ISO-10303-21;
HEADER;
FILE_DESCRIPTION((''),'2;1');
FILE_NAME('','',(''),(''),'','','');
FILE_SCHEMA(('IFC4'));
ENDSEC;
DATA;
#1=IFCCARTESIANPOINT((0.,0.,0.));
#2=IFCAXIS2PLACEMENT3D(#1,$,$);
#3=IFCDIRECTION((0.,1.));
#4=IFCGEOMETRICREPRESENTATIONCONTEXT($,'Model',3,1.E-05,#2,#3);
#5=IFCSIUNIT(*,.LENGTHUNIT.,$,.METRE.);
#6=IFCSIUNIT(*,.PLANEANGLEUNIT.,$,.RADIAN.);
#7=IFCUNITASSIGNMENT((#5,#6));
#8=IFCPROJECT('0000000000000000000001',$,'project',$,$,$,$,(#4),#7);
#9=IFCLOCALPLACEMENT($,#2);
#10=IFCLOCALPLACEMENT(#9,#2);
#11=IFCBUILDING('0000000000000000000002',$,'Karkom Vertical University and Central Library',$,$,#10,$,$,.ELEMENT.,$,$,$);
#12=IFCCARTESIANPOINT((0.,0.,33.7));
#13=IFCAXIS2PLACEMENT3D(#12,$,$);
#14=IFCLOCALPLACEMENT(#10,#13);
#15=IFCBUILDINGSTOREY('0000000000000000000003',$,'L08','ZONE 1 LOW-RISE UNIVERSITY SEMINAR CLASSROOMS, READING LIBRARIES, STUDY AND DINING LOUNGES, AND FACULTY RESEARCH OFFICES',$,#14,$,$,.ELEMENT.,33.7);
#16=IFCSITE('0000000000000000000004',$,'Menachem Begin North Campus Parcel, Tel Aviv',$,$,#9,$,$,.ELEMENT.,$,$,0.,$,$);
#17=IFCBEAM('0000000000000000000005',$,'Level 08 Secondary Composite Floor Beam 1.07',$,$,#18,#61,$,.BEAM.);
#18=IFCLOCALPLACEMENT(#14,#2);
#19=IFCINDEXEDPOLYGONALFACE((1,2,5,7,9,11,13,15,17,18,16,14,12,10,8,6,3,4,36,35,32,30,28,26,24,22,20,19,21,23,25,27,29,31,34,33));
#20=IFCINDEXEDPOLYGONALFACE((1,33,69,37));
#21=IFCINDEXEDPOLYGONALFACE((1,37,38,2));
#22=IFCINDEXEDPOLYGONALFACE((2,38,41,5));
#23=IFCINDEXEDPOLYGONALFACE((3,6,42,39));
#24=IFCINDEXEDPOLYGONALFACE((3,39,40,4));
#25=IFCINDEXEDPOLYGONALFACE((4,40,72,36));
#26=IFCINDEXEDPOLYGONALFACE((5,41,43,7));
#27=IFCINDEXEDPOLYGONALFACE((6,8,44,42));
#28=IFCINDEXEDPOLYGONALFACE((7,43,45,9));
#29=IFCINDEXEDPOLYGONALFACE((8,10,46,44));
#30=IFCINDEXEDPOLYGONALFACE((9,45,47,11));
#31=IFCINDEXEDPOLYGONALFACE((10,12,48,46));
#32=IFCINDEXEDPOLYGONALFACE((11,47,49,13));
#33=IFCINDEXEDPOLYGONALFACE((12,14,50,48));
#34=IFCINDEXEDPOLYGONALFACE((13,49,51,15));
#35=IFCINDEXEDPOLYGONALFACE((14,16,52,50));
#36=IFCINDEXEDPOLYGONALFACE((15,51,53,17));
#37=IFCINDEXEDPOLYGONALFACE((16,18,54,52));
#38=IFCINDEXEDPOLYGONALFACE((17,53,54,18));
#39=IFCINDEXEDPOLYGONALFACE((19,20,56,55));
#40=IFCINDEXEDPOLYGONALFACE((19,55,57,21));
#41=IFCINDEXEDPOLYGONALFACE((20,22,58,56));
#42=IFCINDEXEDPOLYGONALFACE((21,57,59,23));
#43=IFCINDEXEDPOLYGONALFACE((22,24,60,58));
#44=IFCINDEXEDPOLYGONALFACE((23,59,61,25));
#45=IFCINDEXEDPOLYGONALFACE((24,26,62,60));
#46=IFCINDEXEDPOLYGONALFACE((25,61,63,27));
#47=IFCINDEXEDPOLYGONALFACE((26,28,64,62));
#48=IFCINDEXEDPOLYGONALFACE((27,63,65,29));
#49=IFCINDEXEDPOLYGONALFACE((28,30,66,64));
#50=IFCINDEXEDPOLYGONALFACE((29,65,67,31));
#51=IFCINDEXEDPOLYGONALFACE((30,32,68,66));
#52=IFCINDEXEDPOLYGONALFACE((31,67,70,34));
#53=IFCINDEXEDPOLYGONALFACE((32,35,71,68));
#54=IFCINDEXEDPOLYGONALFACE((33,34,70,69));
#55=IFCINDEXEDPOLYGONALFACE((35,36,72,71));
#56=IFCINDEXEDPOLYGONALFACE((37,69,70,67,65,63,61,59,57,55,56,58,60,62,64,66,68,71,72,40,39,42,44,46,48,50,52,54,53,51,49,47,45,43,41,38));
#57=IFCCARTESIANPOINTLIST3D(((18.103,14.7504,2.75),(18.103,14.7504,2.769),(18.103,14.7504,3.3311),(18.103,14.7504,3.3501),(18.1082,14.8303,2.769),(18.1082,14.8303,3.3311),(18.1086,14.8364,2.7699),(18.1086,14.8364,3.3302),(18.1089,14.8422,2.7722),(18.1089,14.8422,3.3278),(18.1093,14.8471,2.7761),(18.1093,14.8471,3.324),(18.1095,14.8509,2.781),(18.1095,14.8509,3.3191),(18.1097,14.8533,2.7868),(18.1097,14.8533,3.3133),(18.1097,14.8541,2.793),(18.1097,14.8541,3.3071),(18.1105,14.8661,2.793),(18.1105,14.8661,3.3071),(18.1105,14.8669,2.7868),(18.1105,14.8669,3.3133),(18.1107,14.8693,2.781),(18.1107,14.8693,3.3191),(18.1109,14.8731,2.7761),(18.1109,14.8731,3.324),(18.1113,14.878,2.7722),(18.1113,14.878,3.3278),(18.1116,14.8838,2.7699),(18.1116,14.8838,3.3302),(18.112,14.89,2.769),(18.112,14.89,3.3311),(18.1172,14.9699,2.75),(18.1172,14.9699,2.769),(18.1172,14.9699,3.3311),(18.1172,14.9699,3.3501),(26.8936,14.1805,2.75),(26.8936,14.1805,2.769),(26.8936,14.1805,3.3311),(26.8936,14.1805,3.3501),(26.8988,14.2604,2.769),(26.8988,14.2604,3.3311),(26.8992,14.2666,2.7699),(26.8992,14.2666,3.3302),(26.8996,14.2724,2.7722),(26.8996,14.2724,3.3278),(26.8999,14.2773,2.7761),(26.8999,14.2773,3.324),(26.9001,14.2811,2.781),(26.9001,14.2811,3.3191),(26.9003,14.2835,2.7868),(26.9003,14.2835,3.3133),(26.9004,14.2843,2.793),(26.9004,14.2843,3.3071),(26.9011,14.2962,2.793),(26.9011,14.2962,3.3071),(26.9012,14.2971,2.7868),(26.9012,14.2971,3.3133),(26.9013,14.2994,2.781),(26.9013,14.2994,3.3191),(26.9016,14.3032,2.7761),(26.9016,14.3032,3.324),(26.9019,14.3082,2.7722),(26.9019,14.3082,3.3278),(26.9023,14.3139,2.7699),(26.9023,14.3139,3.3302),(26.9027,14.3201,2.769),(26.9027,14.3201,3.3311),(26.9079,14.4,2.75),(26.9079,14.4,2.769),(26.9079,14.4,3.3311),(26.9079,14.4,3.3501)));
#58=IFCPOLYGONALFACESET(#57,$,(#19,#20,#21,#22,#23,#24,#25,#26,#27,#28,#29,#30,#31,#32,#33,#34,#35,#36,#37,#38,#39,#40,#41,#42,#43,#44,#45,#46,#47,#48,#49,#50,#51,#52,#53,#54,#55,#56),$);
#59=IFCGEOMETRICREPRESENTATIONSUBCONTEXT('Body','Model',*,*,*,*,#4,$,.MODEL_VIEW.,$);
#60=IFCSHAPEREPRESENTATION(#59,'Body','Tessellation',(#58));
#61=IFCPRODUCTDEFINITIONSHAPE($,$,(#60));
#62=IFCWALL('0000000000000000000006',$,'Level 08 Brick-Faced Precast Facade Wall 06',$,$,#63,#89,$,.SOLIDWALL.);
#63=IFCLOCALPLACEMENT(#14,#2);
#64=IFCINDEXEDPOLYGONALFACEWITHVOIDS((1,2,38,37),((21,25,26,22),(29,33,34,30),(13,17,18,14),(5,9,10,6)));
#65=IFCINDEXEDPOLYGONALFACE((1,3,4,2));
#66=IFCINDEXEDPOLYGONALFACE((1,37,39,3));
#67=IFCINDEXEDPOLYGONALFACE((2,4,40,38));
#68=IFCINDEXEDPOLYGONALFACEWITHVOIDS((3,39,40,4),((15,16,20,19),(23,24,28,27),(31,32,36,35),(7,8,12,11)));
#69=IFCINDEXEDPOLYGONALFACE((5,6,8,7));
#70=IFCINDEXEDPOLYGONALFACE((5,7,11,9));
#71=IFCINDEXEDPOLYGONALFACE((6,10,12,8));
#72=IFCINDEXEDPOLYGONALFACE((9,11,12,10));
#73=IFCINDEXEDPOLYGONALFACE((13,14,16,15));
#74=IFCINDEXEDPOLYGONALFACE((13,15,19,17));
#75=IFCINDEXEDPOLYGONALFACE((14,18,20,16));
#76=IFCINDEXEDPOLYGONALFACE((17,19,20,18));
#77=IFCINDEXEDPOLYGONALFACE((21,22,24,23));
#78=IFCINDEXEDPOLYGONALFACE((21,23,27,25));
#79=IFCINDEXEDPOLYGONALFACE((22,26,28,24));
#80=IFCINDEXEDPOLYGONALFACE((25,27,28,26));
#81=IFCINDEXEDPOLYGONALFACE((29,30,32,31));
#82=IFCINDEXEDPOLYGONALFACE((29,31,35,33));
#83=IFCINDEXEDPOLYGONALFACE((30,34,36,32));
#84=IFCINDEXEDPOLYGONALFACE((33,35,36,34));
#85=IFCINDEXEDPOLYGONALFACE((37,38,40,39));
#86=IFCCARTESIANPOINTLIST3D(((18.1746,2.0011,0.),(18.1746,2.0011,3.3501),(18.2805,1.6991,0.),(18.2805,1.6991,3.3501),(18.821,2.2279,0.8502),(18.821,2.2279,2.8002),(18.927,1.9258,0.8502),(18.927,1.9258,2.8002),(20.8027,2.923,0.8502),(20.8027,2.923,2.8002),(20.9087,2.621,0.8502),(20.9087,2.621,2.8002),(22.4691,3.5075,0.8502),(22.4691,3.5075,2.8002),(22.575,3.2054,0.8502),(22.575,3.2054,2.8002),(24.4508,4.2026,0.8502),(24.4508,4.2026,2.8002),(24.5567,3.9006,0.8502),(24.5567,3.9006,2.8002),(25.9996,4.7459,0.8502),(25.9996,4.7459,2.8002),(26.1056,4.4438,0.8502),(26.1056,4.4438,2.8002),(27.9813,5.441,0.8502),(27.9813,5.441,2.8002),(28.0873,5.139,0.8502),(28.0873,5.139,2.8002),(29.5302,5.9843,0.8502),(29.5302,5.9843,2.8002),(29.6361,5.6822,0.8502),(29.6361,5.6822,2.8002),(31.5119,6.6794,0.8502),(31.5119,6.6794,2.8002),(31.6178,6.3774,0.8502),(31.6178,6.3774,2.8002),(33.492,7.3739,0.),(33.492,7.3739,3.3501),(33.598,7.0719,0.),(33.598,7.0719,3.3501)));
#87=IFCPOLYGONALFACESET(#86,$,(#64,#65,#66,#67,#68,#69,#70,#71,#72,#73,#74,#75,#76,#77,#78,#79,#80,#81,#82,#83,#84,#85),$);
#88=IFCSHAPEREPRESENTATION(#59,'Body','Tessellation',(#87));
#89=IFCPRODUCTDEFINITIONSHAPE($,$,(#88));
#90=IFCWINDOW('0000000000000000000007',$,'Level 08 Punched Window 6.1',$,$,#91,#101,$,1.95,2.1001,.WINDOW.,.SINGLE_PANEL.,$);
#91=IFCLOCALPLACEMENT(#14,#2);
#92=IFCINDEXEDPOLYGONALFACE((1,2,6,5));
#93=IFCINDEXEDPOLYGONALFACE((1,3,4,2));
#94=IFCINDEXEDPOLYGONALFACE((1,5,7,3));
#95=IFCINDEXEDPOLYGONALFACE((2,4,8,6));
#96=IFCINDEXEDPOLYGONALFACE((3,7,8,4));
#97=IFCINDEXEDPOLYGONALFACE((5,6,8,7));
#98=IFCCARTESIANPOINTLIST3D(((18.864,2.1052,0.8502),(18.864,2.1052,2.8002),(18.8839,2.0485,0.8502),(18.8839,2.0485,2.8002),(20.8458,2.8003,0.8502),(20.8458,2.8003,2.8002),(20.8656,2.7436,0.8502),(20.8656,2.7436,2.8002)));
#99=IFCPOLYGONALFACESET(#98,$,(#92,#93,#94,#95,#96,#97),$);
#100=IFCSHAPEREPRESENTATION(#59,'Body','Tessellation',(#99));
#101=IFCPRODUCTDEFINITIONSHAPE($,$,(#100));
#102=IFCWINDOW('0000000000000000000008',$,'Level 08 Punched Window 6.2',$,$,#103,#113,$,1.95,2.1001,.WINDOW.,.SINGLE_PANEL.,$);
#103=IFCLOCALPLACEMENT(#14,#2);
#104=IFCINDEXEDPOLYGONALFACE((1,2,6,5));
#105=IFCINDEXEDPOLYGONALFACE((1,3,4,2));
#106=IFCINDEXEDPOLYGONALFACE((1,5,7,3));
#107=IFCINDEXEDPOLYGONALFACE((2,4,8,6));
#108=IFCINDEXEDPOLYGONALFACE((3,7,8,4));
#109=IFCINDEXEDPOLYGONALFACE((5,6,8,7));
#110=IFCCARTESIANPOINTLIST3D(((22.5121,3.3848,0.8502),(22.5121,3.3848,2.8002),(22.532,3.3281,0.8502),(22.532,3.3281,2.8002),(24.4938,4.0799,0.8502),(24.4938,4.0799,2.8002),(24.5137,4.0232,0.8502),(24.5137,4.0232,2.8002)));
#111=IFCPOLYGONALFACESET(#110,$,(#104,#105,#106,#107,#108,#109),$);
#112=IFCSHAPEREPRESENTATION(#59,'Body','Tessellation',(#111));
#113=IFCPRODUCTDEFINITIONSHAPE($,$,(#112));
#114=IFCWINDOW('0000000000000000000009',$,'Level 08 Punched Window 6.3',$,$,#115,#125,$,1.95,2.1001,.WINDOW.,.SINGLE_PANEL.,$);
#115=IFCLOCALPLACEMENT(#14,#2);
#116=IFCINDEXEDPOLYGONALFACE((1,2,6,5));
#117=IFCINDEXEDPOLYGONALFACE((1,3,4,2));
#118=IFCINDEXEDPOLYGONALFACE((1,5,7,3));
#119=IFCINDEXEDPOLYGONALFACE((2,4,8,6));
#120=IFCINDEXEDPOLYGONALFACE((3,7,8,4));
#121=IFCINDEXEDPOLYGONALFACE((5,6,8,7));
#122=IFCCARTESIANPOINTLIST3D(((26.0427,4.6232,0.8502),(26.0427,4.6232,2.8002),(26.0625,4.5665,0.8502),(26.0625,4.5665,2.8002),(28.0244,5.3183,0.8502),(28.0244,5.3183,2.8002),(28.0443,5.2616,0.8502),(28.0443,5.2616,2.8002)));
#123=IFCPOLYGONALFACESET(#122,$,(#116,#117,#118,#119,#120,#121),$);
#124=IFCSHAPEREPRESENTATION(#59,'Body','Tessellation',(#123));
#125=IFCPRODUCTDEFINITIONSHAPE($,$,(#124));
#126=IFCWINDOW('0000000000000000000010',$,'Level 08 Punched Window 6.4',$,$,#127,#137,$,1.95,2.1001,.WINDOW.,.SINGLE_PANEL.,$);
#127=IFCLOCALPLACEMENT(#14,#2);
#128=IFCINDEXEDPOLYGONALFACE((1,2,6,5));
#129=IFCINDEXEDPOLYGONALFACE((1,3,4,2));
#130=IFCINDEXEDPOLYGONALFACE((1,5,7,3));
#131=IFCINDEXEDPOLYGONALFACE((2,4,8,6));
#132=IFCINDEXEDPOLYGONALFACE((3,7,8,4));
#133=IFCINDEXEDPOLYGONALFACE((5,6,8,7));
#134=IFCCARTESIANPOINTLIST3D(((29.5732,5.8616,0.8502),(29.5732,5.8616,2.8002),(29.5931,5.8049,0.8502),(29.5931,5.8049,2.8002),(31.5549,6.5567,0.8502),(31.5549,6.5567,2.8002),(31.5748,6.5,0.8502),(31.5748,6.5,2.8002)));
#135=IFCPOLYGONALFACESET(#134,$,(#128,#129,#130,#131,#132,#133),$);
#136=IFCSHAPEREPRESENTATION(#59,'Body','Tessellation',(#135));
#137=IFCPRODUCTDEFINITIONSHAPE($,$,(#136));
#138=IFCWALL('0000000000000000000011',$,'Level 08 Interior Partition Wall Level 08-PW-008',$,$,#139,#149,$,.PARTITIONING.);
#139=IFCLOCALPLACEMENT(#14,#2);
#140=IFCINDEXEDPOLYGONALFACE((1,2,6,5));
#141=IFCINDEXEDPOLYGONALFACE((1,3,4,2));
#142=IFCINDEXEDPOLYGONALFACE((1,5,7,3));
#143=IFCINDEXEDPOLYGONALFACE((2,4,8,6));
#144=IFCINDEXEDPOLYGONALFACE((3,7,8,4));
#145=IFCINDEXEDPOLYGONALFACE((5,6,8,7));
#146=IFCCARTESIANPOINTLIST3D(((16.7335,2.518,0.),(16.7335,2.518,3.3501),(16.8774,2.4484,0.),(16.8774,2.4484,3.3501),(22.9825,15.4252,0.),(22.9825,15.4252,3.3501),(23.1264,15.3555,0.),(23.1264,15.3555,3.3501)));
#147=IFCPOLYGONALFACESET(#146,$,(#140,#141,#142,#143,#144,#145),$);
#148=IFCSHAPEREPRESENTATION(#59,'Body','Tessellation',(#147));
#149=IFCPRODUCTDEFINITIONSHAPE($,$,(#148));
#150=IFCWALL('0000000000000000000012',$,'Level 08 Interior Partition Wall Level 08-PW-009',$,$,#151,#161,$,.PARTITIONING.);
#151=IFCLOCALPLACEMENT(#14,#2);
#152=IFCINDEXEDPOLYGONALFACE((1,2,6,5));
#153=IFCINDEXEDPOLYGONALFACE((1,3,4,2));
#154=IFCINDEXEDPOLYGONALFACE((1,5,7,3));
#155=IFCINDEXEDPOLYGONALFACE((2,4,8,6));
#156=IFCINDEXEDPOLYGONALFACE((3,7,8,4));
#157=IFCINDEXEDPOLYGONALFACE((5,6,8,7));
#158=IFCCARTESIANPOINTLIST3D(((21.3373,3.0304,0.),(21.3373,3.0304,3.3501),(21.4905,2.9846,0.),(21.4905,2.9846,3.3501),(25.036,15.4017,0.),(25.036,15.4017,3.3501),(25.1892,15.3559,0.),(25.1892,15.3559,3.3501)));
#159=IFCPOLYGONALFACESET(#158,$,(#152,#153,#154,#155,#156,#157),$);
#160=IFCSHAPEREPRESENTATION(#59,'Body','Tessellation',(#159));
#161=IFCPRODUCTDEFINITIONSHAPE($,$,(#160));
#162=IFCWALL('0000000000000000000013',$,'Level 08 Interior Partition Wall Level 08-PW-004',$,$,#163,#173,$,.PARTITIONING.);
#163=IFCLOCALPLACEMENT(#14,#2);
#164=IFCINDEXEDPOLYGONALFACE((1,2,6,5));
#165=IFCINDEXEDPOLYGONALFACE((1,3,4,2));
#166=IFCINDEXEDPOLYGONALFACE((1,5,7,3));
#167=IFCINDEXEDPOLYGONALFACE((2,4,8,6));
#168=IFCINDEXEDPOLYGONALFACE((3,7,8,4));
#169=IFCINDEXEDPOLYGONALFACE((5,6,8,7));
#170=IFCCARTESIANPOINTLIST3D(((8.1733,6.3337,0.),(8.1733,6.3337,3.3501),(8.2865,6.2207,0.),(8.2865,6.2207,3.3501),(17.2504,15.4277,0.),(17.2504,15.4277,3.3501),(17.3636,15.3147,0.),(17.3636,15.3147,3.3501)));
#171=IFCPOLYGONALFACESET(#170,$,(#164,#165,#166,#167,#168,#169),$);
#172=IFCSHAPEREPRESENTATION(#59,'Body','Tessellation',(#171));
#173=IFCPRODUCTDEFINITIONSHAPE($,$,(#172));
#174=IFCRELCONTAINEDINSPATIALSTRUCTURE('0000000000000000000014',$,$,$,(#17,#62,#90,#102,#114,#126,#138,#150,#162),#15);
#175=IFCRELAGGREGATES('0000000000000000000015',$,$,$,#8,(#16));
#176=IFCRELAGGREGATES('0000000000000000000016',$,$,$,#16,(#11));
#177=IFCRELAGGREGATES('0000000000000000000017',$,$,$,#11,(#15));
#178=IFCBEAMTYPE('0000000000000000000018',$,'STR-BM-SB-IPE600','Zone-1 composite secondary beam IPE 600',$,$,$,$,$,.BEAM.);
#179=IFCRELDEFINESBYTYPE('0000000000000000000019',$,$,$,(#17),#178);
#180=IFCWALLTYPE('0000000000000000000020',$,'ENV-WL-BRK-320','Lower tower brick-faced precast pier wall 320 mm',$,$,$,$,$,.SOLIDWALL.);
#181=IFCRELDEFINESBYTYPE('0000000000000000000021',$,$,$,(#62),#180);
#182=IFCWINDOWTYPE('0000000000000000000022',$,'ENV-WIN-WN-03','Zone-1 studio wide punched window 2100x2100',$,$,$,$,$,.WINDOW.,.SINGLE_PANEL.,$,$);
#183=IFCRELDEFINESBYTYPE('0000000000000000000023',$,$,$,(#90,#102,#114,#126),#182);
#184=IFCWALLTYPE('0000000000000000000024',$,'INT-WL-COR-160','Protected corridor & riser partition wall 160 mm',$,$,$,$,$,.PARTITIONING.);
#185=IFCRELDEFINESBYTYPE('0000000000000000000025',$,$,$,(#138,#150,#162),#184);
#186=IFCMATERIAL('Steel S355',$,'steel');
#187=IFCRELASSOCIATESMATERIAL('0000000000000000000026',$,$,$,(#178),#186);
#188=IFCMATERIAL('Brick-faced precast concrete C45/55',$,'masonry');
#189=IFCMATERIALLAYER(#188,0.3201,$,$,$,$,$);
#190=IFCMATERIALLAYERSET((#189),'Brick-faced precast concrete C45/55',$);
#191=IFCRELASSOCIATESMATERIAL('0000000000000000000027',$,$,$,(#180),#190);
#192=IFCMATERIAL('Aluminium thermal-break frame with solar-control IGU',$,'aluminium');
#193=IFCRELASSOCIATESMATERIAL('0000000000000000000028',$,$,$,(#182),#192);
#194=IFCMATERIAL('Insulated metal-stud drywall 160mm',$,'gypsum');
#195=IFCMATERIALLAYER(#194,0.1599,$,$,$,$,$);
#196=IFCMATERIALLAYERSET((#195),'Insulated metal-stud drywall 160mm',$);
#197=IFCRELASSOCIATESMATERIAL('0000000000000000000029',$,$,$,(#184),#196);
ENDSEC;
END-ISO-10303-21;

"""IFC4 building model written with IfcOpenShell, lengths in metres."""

from ifc_helpers import new_model, si_unit, direction, frame, frame_2d, origin, origin_with_axes, origin_2d, place, context, subcontext, project, spatial, rectangle, i_section, extrude, source, transform, mapped, material, layer, layer_set, material_profile, profile_set, type_object, element, fill, save


model = new_model("IFC4")

# Units and contexts
model_context = context("Model", 3, precision=1e-05, world=origin(), true_north=direction((0.0, 1.0)))
body_context = subcontext(model_context, "Body", "Model", "MODEL_VIEW")
ifc_project = project(units=[si_unit("LENGTHUNIT", "METRE"), si_unit("PLANEANGLEUNIT", "RADIAN")], contexts=[model_context])

# Site, building, storey
site_placement = place(None, origin())
site = spatial("IfcSite", under=ifc_project, at=site_placement, Name="Menachem Begin North Campus Parcel, Tel Aviv", CompositionType="ELEMENT", RefElevation=0.0)
building_placement = place(site_placement, origin())
building = spatial("IfcBuilding", under=site, at=building_placement, Name="Karkom Vertical University and Central Library", CompositionType="ELEMENT")
storey_placement = place(building_placement, frame((0.0, 0.0, 33.7)))
storey = spatial("IfcBuildingStorey", under=building, at=storey_placement, Name="L08", Description="ZONE 1 LOW-RISE UNIVERSITY SEMINAR CLASSROOMS, READING LIBRARIES, STUDY AND DINING LOUNGES, AND FACULTY RESEARCH OFFICES", CompositionType="ELEMENT", Elevation=33.7)

# Beam
ifc_material_1 = material(Name="Steel S355", Category="steel")
ifc_material_profile_1 = material_profile(ifc_material_1, i_section(OverallWidth=0.22, OverallDepth=0.6001, WebThickness=0.012, FlangeThickness=0.019, FilletRadius=0.0239, at=origin_2d()), Name="IPE 600")
ifc_profile_set_1 = profile_set([ifc_material_profile_1], Name="Steel S355")
beam_type_1 = type_object("IfcBeamType", Name="STR-BM-SB-IPE600", Description="Zone-1 composite secondary beam IPE 600", PredefinedType="BEAM", material=ifc_profile_set_1)
shared_shape_1 = source(origin_with_axes(), body_context, "Body", "SweptSolid", [
    extrude(i_section(OverallWidth=0.22, OverallDepth=0.6001, WebThickness=0.012, FlangeThickness=0.019, FilletRadius=0.0239, at=origin_2d()), origin(), (0.0, 0.0, 1.0), 8.8091),
])
beam_1_placement = place(storey_placement, frame((18.1101, 14.8601, 3.05), z_axis=(0.997906, -0.064687, 0.0), x_axis=(0.064687, 0.997906, 0.0)))
element("IfcBeam", 1, at=beam_1_placement, inside=storey, type_object=beam_type_1, Name="Level 08 Secondary Composite Floor Beam 1.07", PredefinedType="BEAM", context=body_context, shape_type="MappedRepresentation", body=[
    mapped(shared_shape_1, transform((0.0, 0.0, 0.0), scale=1.0)),
])

# Wall, openings, windows
ifc_material_2 = material(Name="Brick-faced precast concrete C45/55", Category="masonry")
ifc_layer_1 = layer(ifc_material_2, 0.3201)
ifc_layer_set_1 = layer_set([ifc_layer_1], Name="Brick-faced precast concrete C45/55")
wall_type_1 = type_object("IfcWallType", Name="ENV-WL-BRK-320", Description="Lower tower brick-faced precast pier wall 320 mm", PredefinedType="SOLIDWALL", material=ifc_layer_set_1)
wall_1_placement = place(storey_placement, frame((18.2275, 1.8501, 0.0), z_axis=(0.0, 0.0, 1.0), x_axis=(0.943633, 0.330993, 0.0)))
wall_1 = element("IfcWall", 2, at=wall_1_placement, inside=storey, type_object=wall_type_1, Name="Level 08 Brick-Faced Precast Facade Wall 06", PredefinedType="SOLIDWALL", context=body_context, shape_type="SweptSolid", body=[
    extrude(rectangle(XDim=16.2324, YDim=0.3201, at=frame_2d((8.1162, 0.0))), origin(), (0.0, 0.0, 1.0), 3.3501),
])
opening_1_placement = place(wall_1_placement, frame((0.6851, 0.0, 0.8501)))
opening_1 = element("IfcOpeningElement", 3, at=opening_1_placement, cuts=wall_1, PredefinedType="OPENING", context=body_context, shape_type="SweptSolid", body=[
    extrude(rectangle(XDim=2.1001, YDim=1.95, at=frame_2d((1.05, 0.9751))), frame((0.0, 0.1699, 0.0), z_axis=(0.0, -1.0, 0.0), x_axis=(1.0, 0.0, 0.0)), (0.0, 0.0, 1.0), 0.3401),
])
opening_2_placement = place(wall_1_placement, frame((4.551, 0.0, 0.8501)))
opening_2 = element("IfcOpeningElement", 4, at=opening_2_placement, cuts=wall_1, PredefinedType="OPENING", context=body_context, shape_type="SweptSolid", body=[
    extrude(rectangle(XDim=2.1001, YDim=1.95, at=frame_2d((1.05, 0.9751))), frame((0.0, 0.1699, 0.0), z_axis=(0.0, -1.0, 0.0), x_axis=(1.0, 0.0, 0.0)), (0.0, 0.0, 1.0), 0.3401),
])
opening_3_placement = place(wall_1_placement, frame((8.2925, 0.0, 0.8501)))
opening_3 = element("IfcOpeningElement", 5, at=opening_3_placement, cuts=wall_1, PredefinedType="OPENING", context=body_context, shape_type="SweptSolid", body=[
    extrude(rectangle(XDim=2.1001, YDim=1.95, at=frame_2d((1.05, 0.9751))), frame((0.0, 0.1699, 0.0), z_axis=(0.0, -1.0, 0.0), x_axis=(1.0, 0.0, 0.0)), (0.0, 0.0, 1.0), 0.3401),
])
opening_4_placement = place(wall_1_placement, frame((12.0339, 0.0, 0.8501)))
opening_4 = element("IfcOpeningElement", 6, at=opening_4_placement, cuts=wall_1, PredefinedType="OPENING", context=body_context, shape_type="SweptSolid", body=[
    extrude(rectangle(XDim=2.1001, YDim=1.95, at=frame_2d((1.05, 0.9751))), frame((0.0, 0.1699, 0.0), z_axis=(0.0, -1.0, 0.0), x_axis=(1.0, 0.0, 0.0)), (0.0, 0.0, 1.0), 0.3401),
])
ifc_material_3 = material(Name="Aluminium thermal-break frame with solar-control IGU", Category="aluminium")
window_type = type_object("IfcWindowType", Name="ENV-WIN-WN-03", Description="Zone-1 studio wide punched window 2100x2100", PartitioningType="SINGLE_PANEL", PredefinedType="WINDOW", material=ifc_material_3)
shared_shape_2 = source(origin_with_axes(), body_context, "Body", "SweptSolid", [
    extrude(rectangle(XDim=2.1001, YDim=1.95, at=frame_2d((1.05, 0.9751))), frame((0.0, 0.03, 0.0), z_axis=(0.0, -1.0, 0.0), x_axis=(1.0, 0.0, 0.0)), (0.0, 0.0, 1.0), 0.0601),
])
window_1_placement = place(opening_1_placement, origin())
window_1 = element("IfcWindow", 7, at=window_1_placement, inside=storey, type_object=window_type, Name="Level 08 Punched Window 6.1", OverallHeight=1.95, OverallWidth=2.1001, PartitioningType="SINGLE_PANEL", PredefinedType="WINDOW", context=body_context, shape_type="MappedRepresentation", body=[
    mapped(shared_shape_2, transform((0.0, 0.0, 0.0), scale=1.0)),
])
fill(opening_1, window_1)
window_2_placement = place(opening_2_placement, origin())
window_2 = element("IfcWindow", 8, at=window_2_placement, inside=storey, type_object=window_type, Name="Level 08 Punched Window 6.2", OverallHeight=1.95, OverallWidth=2.1001, PartitioningType="SINGLE_PANEL", PredefinedType="WINDOW", context=body_context, shape_type="MappedRepresentation", body=[
    mapped(shared_shape_2, transform((0.0, 0.0, 0.0), scale=1.0)),
])
fill(opening_2, window_2)
window_3_placement = place(opening_3_placement, origin())
window_3 = element("IfcWindow", 9, at=window_3_placement, inside=storey, type_object=window_type, Name="Level 08 Punched Window 6.3", OverallHeight=1.95, OverallWidth=2.1001, PartitioningType="SINGLE_PANEL", PredefinedType="WINDOW", context=body_context, shape_type="MappedRepresentation", body=[
    mapped(shared_shape_2, transform((0.0, 0.0, 0.0), scale=1.0)),
])
fill(opening_3, window_3)
window_4_placement = place(opening_4_placement, origin())
window_4 = element("IfcWindow", 10, at=window_4_placement, inside=storey, type_object=window_type, Name="Level 08 Punched Window 6.4", OverallHeight=1.95, OverallWidth=2.1001, PartitioningType="SINGLE_PANEL", PredefinedType="WINDOW", context=body_context, shape_type="MappedRepresentation", body=[
    mapped(shared_shape_2, transform((0.0, 0.0, 0.0), scale=1.0)),
])
fill(opening_4, window_4)

# Walls
ifc_material_4 = material(Name="Insulated metal-stud drywall 160mm", Category="gypsum")
ifc_layer_2 = layer(ifc_material_4, 0.1599)
ifc_layer_set_2 = layer_set([ifc_layer_2], Name="Insulated metal-stud drywall 160mm")
wall_type_2 = type_object("IfcWallType", Name="INT-WL-COR-160", Description="Protected corridor & riser partition wall 160 mm", PredefinedType="PARTITIONING", material=ifc_layer_set_2)
wall_2_placement = place(storey_placement, frame((23.0544, 15.3904, 0.0), z_axis=(0.0, 0.0, 1.0), x_axis=(-0.435764, -0.900061, 0.0)))
element("IfcWall", 11, at=wall_2_placement, inside=storey, type_object=wall_type_2, Name="Level 08 Interior Partition Wall Level 08-PW-008", PredefinedType="PARTITIONING", context=body_context, shape_type="SweptSolid", body=[
    extrude(rectangle(XDim=14.3403, YDim=0.1599, at=frame_2d((7.1702, 0.0))), origin(), (0.0, 0.0, 1.0), 3.3501),
])
wall_3_placement = place(storey_placement, frame((25.1125, 15.3787, 0.0), z_axis=(0.0, 0.0, 1.0), x_axis=(-0.286447, -0.958096, 0.0)))
element("IfcWall", 12, at=wall_3_placement, inside=storey, type_object=wall_type_2, Name="Level 08 Interior Partition Wall Level 08-PW-009", PredefinedType="PARTITIONING", context=body_context, shape_type="SweptSolid", body=[
    extrude(rectangle(XDim=12.9124, YDim=0.1599, at=frame_2d((6.4561, 0.0))), origin(), (0.0, 0.0, 1.0), 3.3501),
])
wall_4_placement = place(storey_placement, frame((17.3069, 15.3711, 0.0), z_axis=(0.0, 0.0, 1.0), x_axis=(-0.706451, -0.707762, 0.0)))
element("IfcWall", 13, at=wall_4_placement, inside=storey, type_object=wall_type_2, Name="Level 08 Interior Partition Wall Level 08-PW-004", PredefinedType="PARTITIONING", context=body_context, shape_type="SweptSolid", body=[
    extrude(rectangle(XDim=12.8489, YDim=0.1599, at=frame_2d((6.4243, 0.0))), origin(), (0.0, 0.0, 1.0), 3.3501),
])

save(model, "model.ifc")
